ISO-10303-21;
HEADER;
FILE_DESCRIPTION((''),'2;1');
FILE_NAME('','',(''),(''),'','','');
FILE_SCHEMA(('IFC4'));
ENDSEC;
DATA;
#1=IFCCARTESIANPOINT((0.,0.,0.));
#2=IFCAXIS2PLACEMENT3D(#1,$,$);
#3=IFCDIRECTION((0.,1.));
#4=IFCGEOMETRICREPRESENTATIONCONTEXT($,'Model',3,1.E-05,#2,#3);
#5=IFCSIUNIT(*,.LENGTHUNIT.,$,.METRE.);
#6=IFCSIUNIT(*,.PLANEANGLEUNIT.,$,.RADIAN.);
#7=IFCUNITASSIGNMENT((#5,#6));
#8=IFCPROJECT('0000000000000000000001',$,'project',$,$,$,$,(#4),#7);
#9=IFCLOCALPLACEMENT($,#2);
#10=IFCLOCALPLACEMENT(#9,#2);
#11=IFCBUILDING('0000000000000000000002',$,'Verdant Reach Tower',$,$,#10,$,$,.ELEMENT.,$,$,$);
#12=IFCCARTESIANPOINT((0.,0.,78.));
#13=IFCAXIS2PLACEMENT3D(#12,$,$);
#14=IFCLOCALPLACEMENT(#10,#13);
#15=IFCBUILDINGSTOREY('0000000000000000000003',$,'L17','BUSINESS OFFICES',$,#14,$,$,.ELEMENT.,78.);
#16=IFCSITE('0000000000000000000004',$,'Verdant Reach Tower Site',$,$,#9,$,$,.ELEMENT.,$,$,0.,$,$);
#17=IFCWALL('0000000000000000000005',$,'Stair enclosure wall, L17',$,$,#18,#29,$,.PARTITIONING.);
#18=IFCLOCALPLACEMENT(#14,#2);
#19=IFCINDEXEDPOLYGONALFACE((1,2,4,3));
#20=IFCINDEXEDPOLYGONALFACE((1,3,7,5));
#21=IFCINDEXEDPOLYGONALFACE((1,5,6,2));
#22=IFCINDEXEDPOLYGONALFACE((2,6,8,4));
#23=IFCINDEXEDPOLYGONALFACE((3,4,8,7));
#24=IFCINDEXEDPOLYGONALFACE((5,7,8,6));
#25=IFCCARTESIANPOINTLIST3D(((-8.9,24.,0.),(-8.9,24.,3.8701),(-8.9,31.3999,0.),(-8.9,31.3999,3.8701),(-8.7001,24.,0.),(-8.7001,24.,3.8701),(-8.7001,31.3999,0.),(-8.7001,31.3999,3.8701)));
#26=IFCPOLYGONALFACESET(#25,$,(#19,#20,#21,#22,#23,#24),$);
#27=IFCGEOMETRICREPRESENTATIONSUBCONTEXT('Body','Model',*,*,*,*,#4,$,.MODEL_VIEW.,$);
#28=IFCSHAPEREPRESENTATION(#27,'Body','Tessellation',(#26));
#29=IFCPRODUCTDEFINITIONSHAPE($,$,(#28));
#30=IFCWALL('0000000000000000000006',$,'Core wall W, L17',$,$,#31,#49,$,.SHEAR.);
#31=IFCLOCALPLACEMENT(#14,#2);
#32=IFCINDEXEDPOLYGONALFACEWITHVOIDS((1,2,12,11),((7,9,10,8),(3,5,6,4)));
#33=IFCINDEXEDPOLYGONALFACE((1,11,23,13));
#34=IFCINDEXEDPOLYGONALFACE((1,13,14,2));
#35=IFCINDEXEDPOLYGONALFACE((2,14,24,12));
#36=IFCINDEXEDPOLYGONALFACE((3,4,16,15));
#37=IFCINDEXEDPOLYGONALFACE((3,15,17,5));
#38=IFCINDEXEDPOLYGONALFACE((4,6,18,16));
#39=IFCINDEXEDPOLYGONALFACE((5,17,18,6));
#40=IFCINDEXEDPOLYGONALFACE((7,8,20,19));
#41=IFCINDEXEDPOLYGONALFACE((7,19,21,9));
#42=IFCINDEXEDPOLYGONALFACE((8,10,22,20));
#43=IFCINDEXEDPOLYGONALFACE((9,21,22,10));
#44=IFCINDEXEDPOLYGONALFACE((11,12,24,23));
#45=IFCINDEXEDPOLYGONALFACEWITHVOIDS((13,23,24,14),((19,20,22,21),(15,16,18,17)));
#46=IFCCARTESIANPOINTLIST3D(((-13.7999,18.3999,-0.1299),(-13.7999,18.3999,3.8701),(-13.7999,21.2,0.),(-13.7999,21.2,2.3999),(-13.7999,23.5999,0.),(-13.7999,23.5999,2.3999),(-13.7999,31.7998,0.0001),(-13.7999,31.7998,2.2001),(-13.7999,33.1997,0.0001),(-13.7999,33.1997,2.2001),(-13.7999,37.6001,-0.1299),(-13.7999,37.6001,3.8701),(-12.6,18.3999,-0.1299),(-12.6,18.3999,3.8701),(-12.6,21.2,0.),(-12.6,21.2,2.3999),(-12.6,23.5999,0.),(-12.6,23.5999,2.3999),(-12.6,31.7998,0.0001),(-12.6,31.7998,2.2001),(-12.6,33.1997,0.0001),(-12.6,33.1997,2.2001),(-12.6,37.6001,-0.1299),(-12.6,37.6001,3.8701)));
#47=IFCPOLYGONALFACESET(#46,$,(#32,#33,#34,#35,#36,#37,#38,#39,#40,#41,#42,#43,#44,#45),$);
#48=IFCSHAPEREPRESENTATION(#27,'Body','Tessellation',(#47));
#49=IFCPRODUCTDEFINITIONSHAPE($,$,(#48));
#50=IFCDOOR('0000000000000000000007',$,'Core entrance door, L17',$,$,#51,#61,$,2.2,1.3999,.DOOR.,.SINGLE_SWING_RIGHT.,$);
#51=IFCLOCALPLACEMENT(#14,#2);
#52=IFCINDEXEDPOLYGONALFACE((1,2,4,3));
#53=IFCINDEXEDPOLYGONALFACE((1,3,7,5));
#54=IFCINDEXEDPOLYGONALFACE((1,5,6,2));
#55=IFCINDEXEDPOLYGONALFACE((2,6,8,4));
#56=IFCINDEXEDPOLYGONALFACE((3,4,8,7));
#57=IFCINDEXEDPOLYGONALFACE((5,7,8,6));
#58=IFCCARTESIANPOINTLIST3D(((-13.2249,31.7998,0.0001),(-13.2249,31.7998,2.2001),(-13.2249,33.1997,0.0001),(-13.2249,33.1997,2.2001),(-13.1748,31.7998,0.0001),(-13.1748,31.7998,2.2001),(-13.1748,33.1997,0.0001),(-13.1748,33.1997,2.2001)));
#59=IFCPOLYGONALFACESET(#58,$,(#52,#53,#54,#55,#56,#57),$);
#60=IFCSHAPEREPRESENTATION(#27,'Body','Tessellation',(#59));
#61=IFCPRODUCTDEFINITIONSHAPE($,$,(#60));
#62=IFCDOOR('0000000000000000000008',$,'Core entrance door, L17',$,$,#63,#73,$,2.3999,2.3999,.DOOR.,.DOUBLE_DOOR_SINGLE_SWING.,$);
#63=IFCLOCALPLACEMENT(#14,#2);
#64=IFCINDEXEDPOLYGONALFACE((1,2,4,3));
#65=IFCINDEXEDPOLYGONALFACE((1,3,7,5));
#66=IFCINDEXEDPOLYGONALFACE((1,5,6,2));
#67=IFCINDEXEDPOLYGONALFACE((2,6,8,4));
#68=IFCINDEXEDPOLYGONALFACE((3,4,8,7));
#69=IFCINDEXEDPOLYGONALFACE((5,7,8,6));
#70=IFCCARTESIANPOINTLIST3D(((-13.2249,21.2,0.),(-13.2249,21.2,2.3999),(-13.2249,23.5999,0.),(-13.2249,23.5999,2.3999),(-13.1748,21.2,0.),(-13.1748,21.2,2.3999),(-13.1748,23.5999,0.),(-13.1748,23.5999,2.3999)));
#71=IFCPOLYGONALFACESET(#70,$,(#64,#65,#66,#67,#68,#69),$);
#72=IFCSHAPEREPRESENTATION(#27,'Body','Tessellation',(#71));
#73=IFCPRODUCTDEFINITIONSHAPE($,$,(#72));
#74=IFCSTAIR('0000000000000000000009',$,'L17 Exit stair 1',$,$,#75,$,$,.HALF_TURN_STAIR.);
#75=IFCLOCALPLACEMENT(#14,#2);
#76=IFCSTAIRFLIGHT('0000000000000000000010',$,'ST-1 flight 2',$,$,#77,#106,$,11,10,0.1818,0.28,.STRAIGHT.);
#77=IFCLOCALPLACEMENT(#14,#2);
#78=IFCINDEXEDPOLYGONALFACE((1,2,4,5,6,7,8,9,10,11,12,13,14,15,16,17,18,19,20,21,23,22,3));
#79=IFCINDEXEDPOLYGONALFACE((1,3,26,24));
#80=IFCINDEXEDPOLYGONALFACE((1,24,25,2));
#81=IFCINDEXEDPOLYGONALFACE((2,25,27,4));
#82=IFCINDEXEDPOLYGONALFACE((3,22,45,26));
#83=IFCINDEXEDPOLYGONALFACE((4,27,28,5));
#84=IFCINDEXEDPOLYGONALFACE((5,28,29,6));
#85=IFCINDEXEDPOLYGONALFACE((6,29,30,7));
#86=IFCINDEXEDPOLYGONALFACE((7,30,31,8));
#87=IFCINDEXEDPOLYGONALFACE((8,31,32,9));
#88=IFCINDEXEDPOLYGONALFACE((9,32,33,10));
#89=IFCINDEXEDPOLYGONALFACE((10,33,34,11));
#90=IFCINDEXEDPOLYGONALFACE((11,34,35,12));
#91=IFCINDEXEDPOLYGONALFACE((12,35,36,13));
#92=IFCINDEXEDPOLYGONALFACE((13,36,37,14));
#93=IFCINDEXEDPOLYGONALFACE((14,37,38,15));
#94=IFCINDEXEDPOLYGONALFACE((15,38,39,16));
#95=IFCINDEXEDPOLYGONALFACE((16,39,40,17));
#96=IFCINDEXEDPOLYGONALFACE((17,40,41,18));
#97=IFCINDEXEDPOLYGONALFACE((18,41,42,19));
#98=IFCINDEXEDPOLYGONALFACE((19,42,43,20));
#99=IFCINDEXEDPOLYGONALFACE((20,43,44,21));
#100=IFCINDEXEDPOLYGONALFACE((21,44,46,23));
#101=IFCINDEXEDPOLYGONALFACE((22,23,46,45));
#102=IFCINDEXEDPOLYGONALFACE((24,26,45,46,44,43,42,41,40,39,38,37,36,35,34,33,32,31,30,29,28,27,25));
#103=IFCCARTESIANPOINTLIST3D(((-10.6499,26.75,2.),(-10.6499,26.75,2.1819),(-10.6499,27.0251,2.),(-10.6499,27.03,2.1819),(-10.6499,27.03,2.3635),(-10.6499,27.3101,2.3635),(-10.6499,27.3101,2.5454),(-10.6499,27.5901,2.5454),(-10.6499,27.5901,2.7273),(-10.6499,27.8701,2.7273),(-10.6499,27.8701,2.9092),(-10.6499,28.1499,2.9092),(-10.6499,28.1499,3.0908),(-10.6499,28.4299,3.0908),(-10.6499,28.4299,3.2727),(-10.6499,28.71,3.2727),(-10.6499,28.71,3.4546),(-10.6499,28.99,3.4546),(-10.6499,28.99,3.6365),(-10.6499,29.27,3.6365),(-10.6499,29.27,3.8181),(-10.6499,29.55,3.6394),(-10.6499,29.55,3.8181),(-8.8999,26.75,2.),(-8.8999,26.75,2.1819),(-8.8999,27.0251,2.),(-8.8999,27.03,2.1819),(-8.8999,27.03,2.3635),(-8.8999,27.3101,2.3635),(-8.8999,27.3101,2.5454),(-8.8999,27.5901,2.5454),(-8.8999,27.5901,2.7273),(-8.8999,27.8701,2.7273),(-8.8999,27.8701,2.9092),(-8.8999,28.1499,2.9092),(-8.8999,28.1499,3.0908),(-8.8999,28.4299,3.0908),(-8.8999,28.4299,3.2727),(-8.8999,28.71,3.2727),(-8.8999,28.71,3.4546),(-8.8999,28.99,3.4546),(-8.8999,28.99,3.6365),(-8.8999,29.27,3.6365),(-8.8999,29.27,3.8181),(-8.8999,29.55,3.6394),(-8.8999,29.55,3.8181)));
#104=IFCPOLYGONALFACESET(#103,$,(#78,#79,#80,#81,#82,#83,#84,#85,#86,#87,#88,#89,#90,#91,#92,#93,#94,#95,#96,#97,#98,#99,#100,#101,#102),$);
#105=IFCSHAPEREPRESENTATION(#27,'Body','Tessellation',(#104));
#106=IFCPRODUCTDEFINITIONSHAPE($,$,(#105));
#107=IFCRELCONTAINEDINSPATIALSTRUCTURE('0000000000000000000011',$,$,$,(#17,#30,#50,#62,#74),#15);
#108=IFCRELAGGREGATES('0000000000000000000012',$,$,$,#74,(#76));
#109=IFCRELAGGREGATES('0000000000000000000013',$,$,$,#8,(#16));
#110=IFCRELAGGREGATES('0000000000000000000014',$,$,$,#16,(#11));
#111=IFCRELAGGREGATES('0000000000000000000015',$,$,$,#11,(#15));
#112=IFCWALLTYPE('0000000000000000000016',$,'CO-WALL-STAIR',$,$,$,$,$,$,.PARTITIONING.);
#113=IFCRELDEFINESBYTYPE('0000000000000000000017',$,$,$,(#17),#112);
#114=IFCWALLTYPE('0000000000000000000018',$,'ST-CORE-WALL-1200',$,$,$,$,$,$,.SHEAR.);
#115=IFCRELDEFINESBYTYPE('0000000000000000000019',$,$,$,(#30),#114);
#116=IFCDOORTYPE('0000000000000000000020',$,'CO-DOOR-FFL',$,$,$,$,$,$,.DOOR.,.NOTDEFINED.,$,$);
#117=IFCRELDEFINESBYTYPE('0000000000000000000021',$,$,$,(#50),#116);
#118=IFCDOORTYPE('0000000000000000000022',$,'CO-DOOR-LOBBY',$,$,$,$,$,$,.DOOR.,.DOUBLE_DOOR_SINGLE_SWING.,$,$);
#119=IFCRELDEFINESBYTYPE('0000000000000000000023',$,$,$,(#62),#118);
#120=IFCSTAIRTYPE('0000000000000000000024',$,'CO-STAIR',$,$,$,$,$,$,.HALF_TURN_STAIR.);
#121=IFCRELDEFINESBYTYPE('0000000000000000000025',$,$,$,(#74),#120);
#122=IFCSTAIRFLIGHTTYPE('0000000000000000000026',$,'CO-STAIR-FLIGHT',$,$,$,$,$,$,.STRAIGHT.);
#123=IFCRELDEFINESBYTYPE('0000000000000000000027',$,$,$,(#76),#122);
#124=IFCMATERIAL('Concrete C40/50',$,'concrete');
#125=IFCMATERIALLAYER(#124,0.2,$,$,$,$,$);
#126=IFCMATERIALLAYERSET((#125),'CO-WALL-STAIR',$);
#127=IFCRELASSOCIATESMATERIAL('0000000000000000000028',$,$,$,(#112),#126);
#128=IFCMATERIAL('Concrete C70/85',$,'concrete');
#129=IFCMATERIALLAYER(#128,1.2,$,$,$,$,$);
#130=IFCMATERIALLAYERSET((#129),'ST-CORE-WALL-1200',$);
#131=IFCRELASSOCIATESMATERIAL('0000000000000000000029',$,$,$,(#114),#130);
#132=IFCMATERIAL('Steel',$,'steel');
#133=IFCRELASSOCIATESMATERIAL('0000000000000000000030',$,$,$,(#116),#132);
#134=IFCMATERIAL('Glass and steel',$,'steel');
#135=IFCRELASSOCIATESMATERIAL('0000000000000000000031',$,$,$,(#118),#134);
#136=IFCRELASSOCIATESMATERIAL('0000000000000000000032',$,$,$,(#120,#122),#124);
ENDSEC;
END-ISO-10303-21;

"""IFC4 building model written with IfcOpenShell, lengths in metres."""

from ifc_helpers import new_model, si_unit, direction, frame, frame_2d, origin, place, context, subcontext, project, spatial, polyline, rectangle, outline, extrude, material, layer, layer_set, type_object, element, fill, aggregate, save


model = new_model("IFC4")

# Units and contexts
model_context = context("Model", 3, precision=1e-05, world=origin(), true_north=direction((0.0, 1.0)))
body_context = subcontext(model_context, "Body", "Model", "MODEL_VIEW")
ifc_project = project(units=[si_unit("LENGTHUNIT", "METRE"), si_unit("PLANEANGLEUNIT", "RADIAN")], contexts=[model_context])

# Site, building, storey
site_placement = place(None, origin())
site = spatial("IfcSite", under=ifc_project, at=site_placement, Name="Verdant Reach Tower Site", CompositionType="ELEMENT", RefElevation=0.0)
building_placement = place(site_placement, origin())
building = spatial("IfcBuilding", under=site, at=building_placement, Name="Verdant Reach Tower", CompositionType="ELEMENT")
storey_placement = place(building_placement, frame((0.0, 0.0, 78.0)))
storey = spatial("IfcBuildingStorey", under=building, at=storey_placement, Name="L17", Description="BUSINESS OFFICES", CompositionType="ELEMENT", Elevation=78.0)

# Shared definitions
ifc_material_1 = material(Name="Concrete C40/50", Category="concrete")
ifc_layer_1 = layer(ifc_material_1, 0.2)
ifc_layer_set_1 = layer_set([ifc_layer_1], Name="CO-WALL-STAIR")
wall_type_1 = type_object("IfcWallType", Name="CO-WALL-STAIR", PredefinedType="PARTITIONING", material=ifc_layer_set_1)

# Wall
wall_1_placement = place(storey_placement, frame((-8.8, 24.0, 0.0), z_axis=(0.0, 0.0, 1.0), x_axis=(0.0, 1.0, 0.0)))
element("IfcWall", 1, at=wall_1_placement, inside=storey, type_object=wall_type_1, Name="Stair enclosure wall, L17", PredefinedType="PARTITIONING", context=body_context, shape_type="SweptSolid", body=[
    extrude(rectangle(XDim=7.3999, YDim=0.2, at=frame_2d((3.7, 0.0))), origin(), (0.0, 0.0, 1.0), 3.8701),
])

# Wall, openings, doors
ifc_material_2 = material(Name="Concrete C70/85", Category="concrete")
ifc_layer_2 = layer(ifc_material_2, 1.2)
ifc_layer_set_2 = layer_set([ifc_layer_2], Name="ST-CORE-WALL-1200")
wall_type_2 = type_object("IfcWallType", Name="ST-CORE-WALL-1200", PredefinedType="SHEAR", material=ifc_layer_set_2)
wall_2_placement = place(storey_placement, frame((-13.2, 18.3999, -0.1299), z_axis=(0.0, 0.0, 1.0), x_axis=(0.0, 1.0, 0.0)))
wall_2 = element("IfcWall", 2, at=wall_2_placement, inside=storey, type_object=wall_type_2, Name="Core wall W, L17", PredefinedType="SHEAR", context=body_context, shape_type="SweptSolid", body=[
    extrude(rectangle(XDim=19.2002, YDim=1.2, at=frame_2d((9.6001, 0.0))), origin(), (0.0, 0.0, 1.0), 4.0),
])
opening_1_placement = place(wall_2_placement, frame((2.8, 0.0, 0.1299)))
opening_1 = element("IfcOpeningElement", 3, at=opening_1_placement, cuts=wall_2, PredefinedType="OPENING", context=body_context, shape_type="SweptSolid", body=[
    extrude(rectangle(XDim=2.3999, YDim=2.3999, at=frame_2d((1.2, 1.2))), frame((0.0, 0.6099, 0.0), z_axis=(0.0, -1.0, 0.0), x_axis=(1.0, 0.0, 0.0)), (0.0, 0.0, 1.0), 1.22),
])
opening_2_placement = place(wall_2_placement, frame((13.3999, 0.0, 0.1299)))
opening_2 = element("IfcOpeningElement", 4, at=opening_2_placement, cuts=wall_2, PredefinedType="OPENING", context=body_context, shape_type="SweptSolid", body=[
    extrude(rectangle(XDim=1.3999, YDim=2.2, at=frame_2d((0.7, 1.1001))), frame((0.0, 0.6099, 0.0), z_axis=(0.0, -1.0, 0.0), x_axis=(1.0, 0.0, 0.0)), (0.0, 0.0, 1.0), 1.22),
])
ifc_material_3 = material(Name="Steel", Category="steel")
door_type_1 = type_object("IfcDoorType", Name="CO-DOOR-FFL", OperationType="NOTDEFINED", PredefinedType="DOOR", material=ifc_material_3)
door_1_placement = place(opening_2_placement, origin())
door_1 = element("IfcDoor", 5, at=door_1_placement, inside=storey, type_object=door_type_1, Name="Core entrance door, L17", OperationType="SINGLE_SWING_RIGHT", OverallHeight=2.2, OverallWidth=1.3999, PredefinedType="DOOR", context=body_context, shape_type="SweptSolid", body=[
    extrude(rectangle(XDim=1.3999, YDim=2.2, at=frame_2d((0.7, 1.1001))), frame((0.0, 0.0249, 0.0), z_axis=(0.0, -1.0, 0.0), x_axis=(1.0, 0.0, 0.0)), (0.0, 0.0, 1.0), 0.05),
])
fill(opening_2, door_1)
ifc_material_4 = material(Name="Glass and steel", Category="steel")
door_type_2 = type_object("IfcDoorType", Name="CO-DOOR-LOBBY", OperationType="DOUBLE_DOOR_SINGLE_SWING", PredefinedType="DOOR", material=ifc_material_4)
door_2_placement = place(opening_1_placement, origin())
door_2 = element("IfcDoor", 6, at=door_2_placement, inside=storey, type_object=door_type_2, Name="Core entrance door, L17", OperationType="DOUBLE_DOOR_SINGLE_SWING", OverallHeight=2.3999, OverallWidth=2.3999, PredefinedType="DOOR", context=body_context, shape_type="SweptSolid", body=[
    extrude(rectangle(XDim=2.3999, YDim=2.3999, at=frame_2d((1.2, 1.2))), frame((0.0, 0.0249, 0.0), z_axis=(0.0, -1.0, 0.0), x_axis=(1.0, 0.0, 0.0)), (0.0, 0.0, 1.0), 0.05),
])
fill(opening_1, door_2)

# Stair, stair flight
stair_type = type_object("IfcStairType", Name="CO-STAIR", PredefinedType="HALF_TURN_STAIR", material=ifc_material_1)
stair_placement = place(storey_placement, origin())
stair = element("IfcStair", 7, at=stair_placement, inside=storey, type_object=stair_type, Name="L17 Exit stair 1", PredefinedType="HALF_TURN_STAIR")
stair_flight_type = type_object("IfcStairFlightType", Name="CO-STAIR-FLIGHT", PredefinedType="STRAIGHT", material=ifc_material_1)
stair_flight_placement = place(storey_placement, frame((-9.7749, 26.75, 2.0), z_axis=(0.0, 0.0, 1.0), x_axis=(0.0, 1.0, 0.0)))
stair_flight = element("IfcStairFlight", 8, at=stair_flight_placement, type_object=stair_flight_type, Name="ST-1 flight 2", NumberOfRisers=11, NumberOfTreads=10, PredefinedType="STRAIGHT", RiserHeight=0.1818, TreadLength=0.28, context=body_context, shape_type="SweptSolid", body=[
    extrude(outline(polyline([(0.0, 0.0), (0.0, 0.1819), (0.28, 0.1819), (0.28, 0.3635), (0.5601, 0.3635), (0.5601, 0.5454), (0.8401, 0.5454), (0.8401, 0.7273), (1.1201, 0.7273), (1.1201, 0.9092), (1.3999, 0.9092), (1.3999, 1.0908), (1.6799, 1.0908), (1.6799, 1.2727), (1.96, 1.2727), (1.96, 1.4546), (2.24, 1.4546), (2.24, 1.6365), (2.52, 1.6365), (2.52, 1.8181), (2.8, 1.8181), (2.8, 2.0), (2.8, 1.6394), (0.2751, 0.0), (0.0, 0.0)])), frame((0.0, 0.875, 0.0), z_axis=(0.0, -1.0, 0.0), x_axis=(1.0, 0.0, 0.0)), (0.0, 0.0, 1.0), 1.75),
])
aggregate(stair, [stair_flight])

save(model, "model.ifc")
